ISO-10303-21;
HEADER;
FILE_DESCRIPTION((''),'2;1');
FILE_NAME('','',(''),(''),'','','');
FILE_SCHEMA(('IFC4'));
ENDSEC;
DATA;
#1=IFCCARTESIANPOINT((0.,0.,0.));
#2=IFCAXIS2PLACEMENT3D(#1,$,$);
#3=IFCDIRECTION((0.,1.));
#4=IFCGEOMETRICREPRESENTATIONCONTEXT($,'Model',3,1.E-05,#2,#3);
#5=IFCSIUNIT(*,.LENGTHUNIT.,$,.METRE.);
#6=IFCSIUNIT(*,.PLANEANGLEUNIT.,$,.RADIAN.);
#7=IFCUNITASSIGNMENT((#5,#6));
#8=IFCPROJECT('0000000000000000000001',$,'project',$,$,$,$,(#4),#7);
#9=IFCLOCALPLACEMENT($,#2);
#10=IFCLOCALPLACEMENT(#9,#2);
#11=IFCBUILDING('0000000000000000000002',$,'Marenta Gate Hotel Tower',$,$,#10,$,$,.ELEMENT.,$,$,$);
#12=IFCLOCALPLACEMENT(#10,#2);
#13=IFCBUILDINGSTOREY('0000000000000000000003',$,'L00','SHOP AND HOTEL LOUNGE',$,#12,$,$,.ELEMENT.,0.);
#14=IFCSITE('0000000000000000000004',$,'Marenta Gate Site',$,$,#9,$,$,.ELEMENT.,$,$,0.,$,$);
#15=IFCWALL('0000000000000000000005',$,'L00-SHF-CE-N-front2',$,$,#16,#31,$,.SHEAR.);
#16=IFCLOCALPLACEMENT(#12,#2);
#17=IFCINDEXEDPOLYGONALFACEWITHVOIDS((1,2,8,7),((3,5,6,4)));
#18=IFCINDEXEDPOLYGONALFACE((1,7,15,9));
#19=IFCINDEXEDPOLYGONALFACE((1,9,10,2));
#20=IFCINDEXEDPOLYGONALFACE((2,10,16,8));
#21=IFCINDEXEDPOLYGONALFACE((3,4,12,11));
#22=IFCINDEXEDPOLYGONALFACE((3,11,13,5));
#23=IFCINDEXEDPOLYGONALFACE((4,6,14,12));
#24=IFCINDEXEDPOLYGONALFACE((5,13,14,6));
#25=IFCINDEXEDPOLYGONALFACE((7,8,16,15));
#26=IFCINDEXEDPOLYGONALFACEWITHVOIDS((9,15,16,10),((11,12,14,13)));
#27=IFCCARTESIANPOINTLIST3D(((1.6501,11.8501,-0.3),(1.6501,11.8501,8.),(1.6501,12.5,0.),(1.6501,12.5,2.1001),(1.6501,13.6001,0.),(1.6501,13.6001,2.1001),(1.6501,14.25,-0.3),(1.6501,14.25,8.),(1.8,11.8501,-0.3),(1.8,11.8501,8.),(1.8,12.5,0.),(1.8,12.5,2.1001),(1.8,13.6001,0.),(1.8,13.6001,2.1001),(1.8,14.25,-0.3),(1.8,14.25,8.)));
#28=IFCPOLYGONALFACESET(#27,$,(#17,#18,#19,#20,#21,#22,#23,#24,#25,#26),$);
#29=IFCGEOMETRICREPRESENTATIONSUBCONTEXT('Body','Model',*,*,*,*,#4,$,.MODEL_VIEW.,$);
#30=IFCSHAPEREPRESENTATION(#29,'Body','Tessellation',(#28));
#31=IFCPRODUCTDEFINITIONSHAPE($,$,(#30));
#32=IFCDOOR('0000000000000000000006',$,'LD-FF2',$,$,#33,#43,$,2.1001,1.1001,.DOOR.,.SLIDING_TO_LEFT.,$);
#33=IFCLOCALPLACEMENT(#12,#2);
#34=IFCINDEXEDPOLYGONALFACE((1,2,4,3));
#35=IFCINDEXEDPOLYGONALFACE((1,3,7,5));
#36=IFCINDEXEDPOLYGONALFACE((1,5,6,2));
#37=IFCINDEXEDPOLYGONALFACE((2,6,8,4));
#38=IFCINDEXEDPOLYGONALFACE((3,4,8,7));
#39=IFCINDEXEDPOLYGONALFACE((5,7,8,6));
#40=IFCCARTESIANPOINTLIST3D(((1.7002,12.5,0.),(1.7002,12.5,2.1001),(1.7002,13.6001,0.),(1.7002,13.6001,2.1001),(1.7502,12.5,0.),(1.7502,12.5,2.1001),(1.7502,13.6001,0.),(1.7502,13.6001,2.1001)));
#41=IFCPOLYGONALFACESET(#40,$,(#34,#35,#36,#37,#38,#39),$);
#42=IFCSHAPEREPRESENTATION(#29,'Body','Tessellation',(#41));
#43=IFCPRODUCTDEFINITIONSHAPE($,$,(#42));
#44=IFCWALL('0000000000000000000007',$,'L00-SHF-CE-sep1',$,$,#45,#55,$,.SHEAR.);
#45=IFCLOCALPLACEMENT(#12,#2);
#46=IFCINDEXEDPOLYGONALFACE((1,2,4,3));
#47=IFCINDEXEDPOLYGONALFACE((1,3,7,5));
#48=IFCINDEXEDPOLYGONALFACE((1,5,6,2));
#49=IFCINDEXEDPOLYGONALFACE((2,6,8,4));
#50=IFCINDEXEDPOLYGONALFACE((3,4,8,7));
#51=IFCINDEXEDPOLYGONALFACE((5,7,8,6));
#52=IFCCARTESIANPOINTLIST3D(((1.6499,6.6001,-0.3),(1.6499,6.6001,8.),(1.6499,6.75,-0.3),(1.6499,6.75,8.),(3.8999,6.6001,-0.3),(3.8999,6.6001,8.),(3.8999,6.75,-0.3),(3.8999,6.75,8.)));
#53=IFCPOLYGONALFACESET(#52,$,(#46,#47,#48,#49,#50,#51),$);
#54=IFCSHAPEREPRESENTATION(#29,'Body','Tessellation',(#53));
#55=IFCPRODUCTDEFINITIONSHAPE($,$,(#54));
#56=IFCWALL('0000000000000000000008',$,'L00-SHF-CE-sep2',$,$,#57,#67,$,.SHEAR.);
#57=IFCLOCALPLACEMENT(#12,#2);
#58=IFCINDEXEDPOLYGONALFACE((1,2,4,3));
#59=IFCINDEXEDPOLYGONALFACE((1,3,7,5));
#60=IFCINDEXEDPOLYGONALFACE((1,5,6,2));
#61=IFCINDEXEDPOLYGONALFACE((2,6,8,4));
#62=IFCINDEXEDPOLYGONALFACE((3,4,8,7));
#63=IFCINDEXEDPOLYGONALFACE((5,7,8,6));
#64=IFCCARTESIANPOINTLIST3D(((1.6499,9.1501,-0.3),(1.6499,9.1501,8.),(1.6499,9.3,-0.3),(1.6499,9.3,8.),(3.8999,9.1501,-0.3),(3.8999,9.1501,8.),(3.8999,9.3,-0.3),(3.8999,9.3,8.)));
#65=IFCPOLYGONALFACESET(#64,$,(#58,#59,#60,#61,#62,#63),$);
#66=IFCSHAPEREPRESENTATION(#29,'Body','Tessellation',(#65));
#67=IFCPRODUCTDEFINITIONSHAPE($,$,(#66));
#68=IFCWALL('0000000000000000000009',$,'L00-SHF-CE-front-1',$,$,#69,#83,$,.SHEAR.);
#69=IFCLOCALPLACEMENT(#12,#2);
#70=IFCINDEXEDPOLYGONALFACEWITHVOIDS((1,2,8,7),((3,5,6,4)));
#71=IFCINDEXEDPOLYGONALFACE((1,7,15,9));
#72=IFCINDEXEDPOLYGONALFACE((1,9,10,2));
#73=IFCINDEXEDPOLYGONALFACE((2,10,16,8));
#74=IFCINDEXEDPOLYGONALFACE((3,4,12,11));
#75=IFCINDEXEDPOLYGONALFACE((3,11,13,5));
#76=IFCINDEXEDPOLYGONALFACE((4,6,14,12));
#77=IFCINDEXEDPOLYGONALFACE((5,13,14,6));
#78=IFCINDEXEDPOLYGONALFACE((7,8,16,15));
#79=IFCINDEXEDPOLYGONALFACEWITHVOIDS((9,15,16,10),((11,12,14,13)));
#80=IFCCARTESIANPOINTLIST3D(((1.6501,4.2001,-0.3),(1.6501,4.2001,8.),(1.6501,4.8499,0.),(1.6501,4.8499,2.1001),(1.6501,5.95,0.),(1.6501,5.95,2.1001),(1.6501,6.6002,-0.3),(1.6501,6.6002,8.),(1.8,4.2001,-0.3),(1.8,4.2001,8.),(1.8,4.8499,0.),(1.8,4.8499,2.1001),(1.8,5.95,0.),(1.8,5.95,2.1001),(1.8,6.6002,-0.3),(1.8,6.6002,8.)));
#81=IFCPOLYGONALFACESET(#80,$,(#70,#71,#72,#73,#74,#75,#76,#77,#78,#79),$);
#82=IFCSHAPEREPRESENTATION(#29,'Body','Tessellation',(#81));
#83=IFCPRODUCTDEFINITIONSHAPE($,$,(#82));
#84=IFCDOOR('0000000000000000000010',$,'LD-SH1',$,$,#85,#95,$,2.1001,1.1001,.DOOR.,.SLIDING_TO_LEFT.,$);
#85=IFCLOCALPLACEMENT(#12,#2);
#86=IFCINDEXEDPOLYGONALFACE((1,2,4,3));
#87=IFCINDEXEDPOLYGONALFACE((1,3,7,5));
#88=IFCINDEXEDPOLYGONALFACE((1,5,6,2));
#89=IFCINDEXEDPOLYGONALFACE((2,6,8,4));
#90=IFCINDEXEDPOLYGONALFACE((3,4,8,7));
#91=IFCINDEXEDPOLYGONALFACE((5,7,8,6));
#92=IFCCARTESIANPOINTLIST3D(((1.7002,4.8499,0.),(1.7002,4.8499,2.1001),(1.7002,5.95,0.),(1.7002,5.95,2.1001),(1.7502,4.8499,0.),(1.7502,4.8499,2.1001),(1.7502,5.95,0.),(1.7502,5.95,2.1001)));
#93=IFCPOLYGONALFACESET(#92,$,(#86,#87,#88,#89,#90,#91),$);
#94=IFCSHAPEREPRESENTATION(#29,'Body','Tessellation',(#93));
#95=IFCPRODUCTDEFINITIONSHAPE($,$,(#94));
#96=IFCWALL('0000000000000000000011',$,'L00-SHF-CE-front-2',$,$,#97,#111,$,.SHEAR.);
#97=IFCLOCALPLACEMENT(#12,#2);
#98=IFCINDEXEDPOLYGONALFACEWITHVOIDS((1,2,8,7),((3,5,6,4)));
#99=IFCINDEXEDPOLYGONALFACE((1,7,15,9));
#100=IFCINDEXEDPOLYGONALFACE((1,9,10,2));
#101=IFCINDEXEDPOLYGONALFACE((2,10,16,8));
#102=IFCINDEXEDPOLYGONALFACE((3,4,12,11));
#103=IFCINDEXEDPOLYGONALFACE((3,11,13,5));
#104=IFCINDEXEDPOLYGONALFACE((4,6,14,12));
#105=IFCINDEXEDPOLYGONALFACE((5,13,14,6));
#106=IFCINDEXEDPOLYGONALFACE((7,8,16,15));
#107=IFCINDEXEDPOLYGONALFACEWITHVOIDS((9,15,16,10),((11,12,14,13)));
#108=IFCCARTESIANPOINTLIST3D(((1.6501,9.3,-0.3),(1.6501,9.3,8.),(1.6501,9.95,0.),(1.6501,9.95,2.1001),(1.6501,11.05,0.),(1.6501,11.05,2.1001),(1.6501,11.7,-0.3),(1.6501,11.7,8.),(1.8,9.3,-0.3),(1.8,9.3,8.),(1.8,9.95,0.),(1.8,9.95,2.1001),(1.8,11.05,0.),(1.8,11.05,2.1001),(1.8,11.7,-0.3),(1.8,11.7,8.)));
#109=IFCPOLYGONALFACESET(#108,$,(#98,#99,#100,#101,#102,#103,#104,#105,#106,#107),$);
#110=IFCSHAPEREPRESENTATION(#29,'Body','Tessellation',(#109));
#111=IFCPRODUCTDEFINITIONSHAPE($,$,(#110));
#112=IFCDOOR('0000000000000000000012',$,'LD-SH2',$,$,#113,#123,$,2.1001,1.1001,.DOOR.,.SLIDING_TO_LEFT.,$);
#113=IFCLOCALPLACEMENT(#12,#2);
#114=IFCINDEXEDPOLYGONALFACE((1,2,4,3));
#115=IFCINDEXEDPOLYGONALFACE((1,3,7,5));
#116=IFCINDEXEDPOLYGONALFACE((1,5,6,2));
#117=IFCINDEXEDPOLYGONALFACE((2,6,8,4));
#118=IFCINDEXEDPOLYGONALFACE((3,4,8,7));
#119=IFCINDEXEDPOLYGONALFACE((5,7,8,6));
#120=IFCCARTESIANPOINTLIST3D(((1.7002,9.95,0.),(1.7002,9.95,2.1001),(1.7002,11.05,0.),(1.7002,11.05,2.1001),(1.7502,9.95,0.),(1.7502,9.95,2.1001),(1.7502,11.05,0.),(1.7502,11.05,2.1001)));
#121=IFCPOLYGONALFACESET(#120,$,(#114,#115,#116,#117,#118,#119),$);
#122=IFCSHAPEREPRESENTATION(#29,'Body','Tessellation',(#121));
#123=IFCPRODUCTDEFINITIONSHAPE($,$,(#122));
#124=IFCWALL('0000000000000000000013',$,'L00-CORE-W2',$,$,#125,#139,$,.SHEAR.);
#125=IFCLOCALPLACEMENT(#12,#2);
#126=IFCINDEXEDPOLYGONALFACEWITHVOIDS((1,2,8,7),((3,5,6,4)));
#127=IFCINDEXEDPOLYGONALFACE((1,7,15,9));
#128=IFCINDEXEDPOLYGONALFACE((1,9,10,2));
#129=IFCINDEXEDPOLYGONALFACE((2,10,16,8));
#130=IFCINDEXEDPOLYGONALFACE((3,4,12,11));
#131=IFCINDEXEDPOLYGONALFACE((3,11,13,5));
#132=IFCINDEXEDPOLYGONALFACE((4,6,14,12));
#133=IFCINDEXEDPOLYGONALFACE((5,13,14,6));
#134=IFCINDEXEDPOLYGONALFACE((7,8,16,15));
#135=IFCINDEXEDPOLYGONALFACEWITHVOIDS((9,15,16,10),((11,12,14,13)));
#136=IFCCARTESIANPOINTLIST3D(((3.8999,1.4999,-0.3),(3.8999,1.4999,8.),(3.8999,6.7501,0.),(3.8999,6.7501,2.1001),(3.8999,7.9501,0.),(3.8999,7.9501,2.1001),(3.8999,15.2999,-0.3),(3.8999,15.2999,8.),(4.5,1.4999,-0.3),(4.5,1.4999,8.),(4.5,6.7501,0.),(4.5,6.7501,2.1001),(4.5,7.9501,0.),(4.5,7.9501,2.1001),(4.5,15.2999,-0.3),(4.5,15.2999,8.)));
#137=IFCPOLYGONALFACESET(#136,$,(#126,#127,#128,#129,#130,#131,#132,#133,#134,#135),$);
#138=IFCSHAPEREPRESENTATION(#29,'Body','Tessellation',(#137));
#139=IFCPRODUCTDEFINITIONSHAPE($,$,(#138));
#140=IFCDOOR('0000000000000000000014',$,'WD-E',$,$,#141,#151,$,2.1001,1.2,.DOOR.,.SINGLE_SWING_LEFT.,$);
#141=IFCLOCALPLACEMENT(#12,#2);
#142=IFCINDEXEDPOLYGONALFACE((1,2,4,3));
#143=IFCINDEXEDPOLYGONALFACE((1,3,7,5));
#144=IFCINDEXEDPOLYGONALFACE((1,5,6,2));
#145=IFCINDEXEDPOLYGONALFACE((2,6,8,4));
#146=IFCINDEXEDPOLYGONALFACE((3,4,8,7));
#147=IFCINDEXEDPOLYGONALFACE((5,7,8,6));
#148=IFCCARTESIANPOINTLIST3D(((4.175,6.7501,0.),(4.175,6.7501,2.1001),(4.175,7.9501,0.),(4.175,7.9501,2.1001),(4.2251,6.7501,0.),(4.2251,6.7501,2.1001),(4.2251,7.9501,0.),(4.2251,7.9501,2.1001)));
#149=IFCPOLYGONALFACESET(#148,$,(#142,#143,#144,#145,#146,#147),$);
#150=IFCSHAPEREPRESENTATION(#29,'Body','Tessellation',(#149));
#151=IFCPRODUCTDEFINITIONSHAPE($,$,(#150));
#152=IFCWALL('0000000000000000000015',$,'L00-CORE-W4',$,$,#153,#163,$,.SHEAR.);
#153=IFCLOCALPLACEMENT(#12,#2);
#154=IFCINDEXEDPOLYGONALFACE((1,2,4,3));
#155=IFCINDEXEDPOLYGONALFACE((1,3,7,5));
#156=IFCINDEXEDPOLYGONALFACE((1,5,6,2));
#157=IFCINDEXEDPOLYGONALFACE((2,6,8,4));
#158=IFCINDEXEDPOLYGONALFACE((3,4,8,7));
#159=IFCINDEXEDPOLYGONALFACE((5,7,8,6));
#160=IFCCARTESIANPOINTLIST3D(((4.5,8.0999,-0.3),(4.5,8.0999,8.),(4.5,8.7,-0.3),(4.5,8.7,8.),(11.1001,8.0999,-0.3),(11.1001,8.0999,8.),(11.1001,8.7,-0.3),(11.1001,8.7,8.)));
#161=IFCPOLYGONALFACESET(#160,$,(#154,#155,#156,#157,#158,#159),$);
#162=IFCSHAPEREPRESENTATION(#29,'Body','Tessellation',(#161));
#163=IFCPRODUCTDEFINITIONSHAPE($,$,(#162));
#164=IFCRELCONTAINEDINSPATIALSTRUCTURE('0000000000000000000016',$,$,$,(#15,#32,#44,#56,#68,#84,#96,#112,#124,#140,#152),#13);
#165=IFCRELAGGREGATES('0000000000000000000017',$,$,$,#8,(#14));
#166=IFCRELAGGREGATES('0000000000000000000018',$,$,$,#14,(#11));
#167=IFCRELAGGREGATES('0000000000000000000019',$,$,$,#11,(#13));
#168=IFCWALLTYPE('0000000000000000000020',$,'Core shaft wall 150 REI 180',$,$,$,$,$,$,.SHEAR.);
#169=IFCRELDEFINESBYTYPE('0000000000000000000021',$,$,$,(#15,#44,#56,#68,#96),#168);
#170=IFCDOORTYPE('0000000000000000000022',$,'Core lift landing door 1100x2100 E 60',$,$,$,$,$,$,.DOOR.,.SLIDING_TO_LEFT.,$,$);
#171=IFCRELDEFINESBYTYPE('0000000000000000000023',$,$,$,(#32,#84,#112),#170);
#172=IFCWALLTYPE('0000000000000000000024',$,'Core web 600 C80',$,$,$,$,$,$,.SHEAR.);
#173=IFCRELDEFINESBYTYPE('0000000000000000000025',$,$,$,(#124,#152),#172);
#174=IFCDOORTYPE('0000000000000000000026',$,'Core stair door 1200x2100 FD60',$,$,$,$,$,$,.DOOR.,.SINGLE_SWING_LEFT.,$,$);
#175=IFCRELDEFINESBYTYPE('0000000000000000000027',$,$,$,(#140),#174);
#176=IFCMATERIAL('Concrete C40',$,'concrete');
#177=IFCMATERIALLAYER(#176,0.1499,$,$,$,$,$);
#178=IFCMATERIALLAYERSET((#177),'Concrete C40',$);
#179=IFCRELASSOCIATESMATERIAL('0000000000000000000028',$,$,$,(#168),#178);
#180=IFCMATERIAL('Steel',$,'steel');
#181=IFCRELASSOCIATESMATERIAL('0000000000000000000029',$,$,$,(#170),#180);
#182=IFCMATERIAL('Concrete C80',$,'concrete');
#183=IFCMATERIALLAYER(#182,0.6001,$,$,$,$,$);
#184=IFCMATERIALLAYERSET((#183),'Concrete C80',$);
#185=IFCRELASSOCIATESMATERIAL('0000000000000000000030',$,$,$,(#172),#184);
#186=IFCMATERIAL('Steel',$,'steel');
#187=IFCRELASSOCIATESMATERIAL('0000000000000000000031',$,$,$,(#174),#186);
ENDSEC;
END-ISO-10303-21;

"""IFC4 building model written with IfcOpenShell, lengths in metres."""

from ifc_helpers import new_model, si_unit, direction, frame, frame_2d, origin, place, context, subcontext, project, spatial, rectangle, extrude, material, layer, layer_set, type_object, element, fill, save


model = new_model("IFC4")

# Units and contexts
model_context = context("Model", 3, precision=1e-05, world=origin(), true_north=direction((0.0, 1.0)))
body_context = subcontext(model_context, "Body", "Model", "MODEL_VIEW")
ifc_project = project(units=[si_unit("LENGTHUNIT", "METRE"), si_unit("PLANEANGLEUNIT", "RADIAN")], contexts=[model_context])

# Site, building, storey
site_placement = place(None, origin())
site = spatial("IfcSite", under=ifc_project, at=site_placement, Name="Marenta Gate Site", CompositionType="ELEMENT", RefElevation=0.0)
building_placement = place(site_placement, origin())
building = spatial("IfcBuilding", under=site, at=building_placement, Name="Marenta Gate Hotel Tower", CompositionType="ELEMENT")
storey_placement = place(building_placement, origin())
storey = spatial("IfcBuildingStorey", under=building, at=storey_placement, Name="L00", Description="SHOP AND HOTEL LOUNGE", CompositionType="ELEMENT", Elevation=0.0)

# Shared definitions
ifc_material_1 = material(Name="Concrete C40", Category="concrete")
ifc_layer_1 = layer(ifc_material_1, 0.1499)
ifc_layer_set_1 = layer_set([ifc_layer_1], Name="Concrete C40")
wall_type_1 = type_object("IfcWallType", Name="Core shaft wall 150 REI 180", PredefinedType="SHEAR", material=ifc_layer_set_1)
ifc_material_2 = material(Name="Steel", Category="steel")
door_type_1 = type_object("IfcDoorType", Name="Core lift landing door 1100x2100 E 60", OperationType="SLIDING_TO_LEFT", PredefinedType="DOOR", material=ifc_material_2)

# Wall, opening, door
wall_1_placement = place(storey_placement, frame((1.7251, 11.8501, -0.3), z_axis=(0.0, 0.0, 1.0), x_axis=(0.0, 1.0, 0.0)))
wall_1 = element("IfcWall", 1, at=wall_1_placement, inside=storey, type_object=wall_type_1, Name="L00-SHF-CE-N-front2", PredefinedType="SHEAR", context=body_context, shape_type="SweptSolid", body=[
    extrude(rectangle(XDim=2.3999, YDim=0.1499, at=frame_2d((1.2, 0.0))), origin(), (0.0, 0.0, 1.0), 8.3),
])
opening_1_placement = place(wall_1_placement, frame((0.6499, 0.0, 0.3)))
opening_1 = element("IfcOpeningElement", 2, at=opening_1_placement, cuts=wall_1, PredefinedType="OPENING", context=body_context, shape_type="SweptSolid", body=[
    extrude(rectangle(XDim=1.1001, YDim=2.1001, at=frame_2d((0.55, 1.05))), frame((0.0, 0.075, 0.0), z_axis=(0.0, -1.0, 0.0), x_axis=(1.0, 0.0, 0.0)), (0.0, 0.0, 1.0), 0.1499),
])
door_1_placement = place(opening_1_placement, origin())
door_1 = element("IfcDoor", 3, at=door_1_placement, inside=storey, type_object=door_type_1, Name="LD-FF2", OperationType="SLIDING_TO_LEFT", OverallHeight=2.1001, OverallWidth=1.1001, PredefinedType="DOOR", context=body_context, shape_type="SweptSolid", body=[
    extrude(rectangle(XDim=1.1001, YDim=2.1001, at=frame_2d((0.55, 1.05))), frame((0.0, 0.0249, 0.0), z_axis=(0.0, -1.0, 0.0), x_axis=(1.0, 0.0, 0.0)), (0.0, 0.0, 1.0), 0.05),
])
fill(opening_1, door_1)

# Walls
for number, where, z_axis, x_axis, name in (
    (4, (1.6499, 6.675, -0.3), (0.0, 0.0, 1.0), (1.0, 0.0, 0.0), "L00-SHF-CE-sep1"),
    (5, (1.6499, 9.2251, -0.3), (0.0, 0.0, 1.0), (1.0, 0.0, 0.0), "L00-SHF-CE-sep2"),
):
    element("IfcWall", number, at=place(storey_placement, frame(where, z_axis=z_axis, x_axis=x_axis)), inside=storey, type_object=wall_type_1, Name=name, PredefinedType="SHEAR", context=body_context, shape_type="SweptSolid", body=[
        extrude(rectangle(XDim=2.25, YDim=0.1499, at=frame_2d((1.125, 0.0))), origin(), (0.0, 0.0, 1.0), 8.3),
    ])

# Walls, openings, doors
wall_2_placement = place(storey_placement, frame((1.7251, 4.2, -0.3), z_axis=(0.0, 0.0, 1.0), x_axis=(0.0, 1.0, 0.0)))
wall_2 = element("IfcWall", 6, at=wall_2_placement, inside=storey, type_object=wall_type_1, Name="L00-SHF-CE-front-1", PredefinedType="SHEAR", context=body_context, shape_type="SweptSolid", body=[
    extrude(rectangle(XDim=2.4001, YDim=0.1499, at=frame_2d((1.2002, 0.0))), origin(), (0.0, 0.0, 1.0), 8.3),
])
opening_2_placement = place(wall_2_placement, frame((0.6499, 0.0, 0.3)))
opening_2 = element("IfcOpeningElement", 7, at=opening_2_placement, cuts=wall_2, PredefinedType="OPENING", context=body_context, shape_type="SweptSolid", body=[
    extrude(rectangle(XDim=1.1001, YDim=2.1001, at=frame_2d((0.55, 1.05))), frame((0.0, 0.075, 0.0), z_axis=(0.0, -1.0, 0.0), x_axis=(1.0, 0.0, 0.0)), (0.0, 0.0, 1.0), 0.1499),
])
door_2_placement = place(opening_2_placement, origin())
door_2 = element("IfcDoor", 8, at=door_2_placement, inside=storey, type_object=door_type_1, Name="LD-SH1", OperationType="SLIDING_TO_LEFT", OverallHeight=2.1001, OverallWidth=1.1001, PredefinedType="DOOR", context=body_context, shape_type="SweptSolid", body=[
    extrude(rectangle(XDim=1.1001, YDim=2.1001, at=frame_2d((0.55, 1.05))), frame((0.0, 0.0249, 0.0), z_axis=(0.0, -1.0, 0.0), x_axis=(1.0, 0.0, 0.0)), (0.0, 0.0, 1.0), 0.05),
])
fill(opening_2, door_2)
wall_3_placement = place(storey_placement, frame((1.7251, 9.3, -0.3), z_axis=(0.0, 0.0, 1.0), x_axis=(0.0, 1.0, 0.0)))
wall_3 = element("IfcWall", 9, at=wall_3_placement, inside=storey, type_object=wall_type_1, Name="L00-SHF-CE-front-2", PredefinedType="SHEAR", context=body_context, shape_type="SweptSolid", body=[
    extrude(rectangle(XDim=2.3999, YDim=0.1499, at=frame_2d((1.2, 0.0))), origin(), (0.0, 0.0, 1.0), 8.3),
])
opening_3_placement = place(wall_3_placement, frame((0.6499, 0.0, 0.3)))
opening_3 = element("IfcOpeningElement", 10, at=opening_3_placement, cuts=wall_3, PredefinedType="OPENING", context=body_context, shape_type="SweptSolid", body=[
    extrude(rectangle(XDim=1.1001, YDim=2.1001, at=frame_2d((0.55, 1.05))), frame((0.0, 0.075, 0.0), z_axis=(0.0, -1.0, 0.0), x_axis=(1.0, 0.0, 0.0)), (0.0, 0.0, 1.0), 0.1499),
])
door_3_placement = place(opening_3_placement, origin())
door_3 = element("IfcDoor", 11, at=door_3_placement, inside=storey, type_object=door_type_1, Name="LD-SH2", OperationType="SLIDING_TO_LEFT", OverallHeight=2.1001, OverallWidth=1.1001, PredefinedType="DOOR", context=body_context, shape_type="SweptSolid", body=[
    extrude(rectangle(XDim=1.1001, YDim=2.1001, at=frame_2d((0.55, 1.05))), frame((0.0, 0.0249, 0.0), z_axis=(0.0, -1.0, 0.0), x_axis=(1.0, 0.0, 0.0)), (0.0, 0.0, 1.0), 0.05),
])
fill(opening_3, door_3)
ifc_material_3 = material(Name="Concrete C80", Category="concrete")
ifc_layer_2 = layer(ifc_material_3, 0.6001)
ifc_layer_set_2 = layer_set([ifc_layer_2], Name="Concrete C80")
wall_type_2 = type_object("IfcWallType", Name="Core web 600 C80", PredefinedType="SHEAR", material=ifc_layer_set_2)
wall_4_placement = place(storey_placement, frame((4.2, 1.5, -0.3), z_axis=(0.0, 0.0, 1.0), x_axis=(0.0, 1.0, 0.0)))
wall_4 = element("IfcWall", 12, at=wall_4_placement, inside=storey, type_object=wall_type_2, Name="L00-CORE-W2", PredefinedType="SHEAR", context=body_context, shape_type="SweptSolid", body=[
    extrude(rectangle(XDim=13.8, YDim=0.6001, at=frame_2d((6.8999, 0.0))), origin(), (0.0, 0.0, 1.0), 8.3),
])
opening_4_placement = place(wall_4_placement, frame((5.25, 0.0, 0.3)))
opening_4 = element("IfcOpeningElement", 13, at=opening_4_placement, cuts=wall_4, PredefinedType="OPENING", context=body_context, shape_type="SweptSolid", body=[
    extrude(rectangle(XDim=1.2, YDim=2.1001, at=frame_2d((0.6001, 1.05))), frame((0.0, 0.3, 0.0), z_axis=(0.0, -1.0, 0.0), x_axis=(1.0, 0.0, 0.0)), (0.0, 0.0, 1.0), 0.6001),
])
ifc_material_4 = material(Name="Steel", Category="steel")
door_type_2 = type_object("IfcDoorType", Name="Core stair door 1200x2100 FD60", OperationType="SINGLE_SWING_LEFT", PredefinedType="DOOR", material=ifc_material_4)
door_4_placement = place(opening_4_placement, origin())
door_4 = element("IfcDoor", 14, at=door_4_placement, inside=storey, type_object=door_type_2, Name="WD-E", OperationType="SINGLE_SWING_LEFT", OverallHeight=2.1001, OverallWidth=1.2, PredefinedType="DOOR", context=body_context, shape_type="SweptSolid", body=[
    extrude(rectangle(XDim=1.2, YDim=2.1001, at=frame_2d((0.6001, 1.05))), frame((0.0, 0.0249, 0.0), z_axis=(0.0, -1.0, 0.0), x_axis=(1.0, 0.0, 0.0)), (0.0, 0.0, 1.0), 0.05),
])
fill(opening_4, door_4)

# Wall
wall_5_placement = place(storey_placement, frame((4.5, 8.3999, -0.3), z_axis=(0.0, 0.0, 1.0), x_axis=(1.0, 0.0, 0.0)))
element("IfcWall", 15, at=wall_5_placement, inside=storey, type_object=wall_type_2, Name="L00-CORE-W4", PredefinedType="SHEAR", context=body_context, shape_type="SweptSolid", body=[
    extrude(rectangle(XDim=6.6001, YDim=0.6001, at=frame_2d((3.3, 0.0))), origin(), (0.0, 0.0, 1.0), 8.3),
])

save(model, "model.ifc")
